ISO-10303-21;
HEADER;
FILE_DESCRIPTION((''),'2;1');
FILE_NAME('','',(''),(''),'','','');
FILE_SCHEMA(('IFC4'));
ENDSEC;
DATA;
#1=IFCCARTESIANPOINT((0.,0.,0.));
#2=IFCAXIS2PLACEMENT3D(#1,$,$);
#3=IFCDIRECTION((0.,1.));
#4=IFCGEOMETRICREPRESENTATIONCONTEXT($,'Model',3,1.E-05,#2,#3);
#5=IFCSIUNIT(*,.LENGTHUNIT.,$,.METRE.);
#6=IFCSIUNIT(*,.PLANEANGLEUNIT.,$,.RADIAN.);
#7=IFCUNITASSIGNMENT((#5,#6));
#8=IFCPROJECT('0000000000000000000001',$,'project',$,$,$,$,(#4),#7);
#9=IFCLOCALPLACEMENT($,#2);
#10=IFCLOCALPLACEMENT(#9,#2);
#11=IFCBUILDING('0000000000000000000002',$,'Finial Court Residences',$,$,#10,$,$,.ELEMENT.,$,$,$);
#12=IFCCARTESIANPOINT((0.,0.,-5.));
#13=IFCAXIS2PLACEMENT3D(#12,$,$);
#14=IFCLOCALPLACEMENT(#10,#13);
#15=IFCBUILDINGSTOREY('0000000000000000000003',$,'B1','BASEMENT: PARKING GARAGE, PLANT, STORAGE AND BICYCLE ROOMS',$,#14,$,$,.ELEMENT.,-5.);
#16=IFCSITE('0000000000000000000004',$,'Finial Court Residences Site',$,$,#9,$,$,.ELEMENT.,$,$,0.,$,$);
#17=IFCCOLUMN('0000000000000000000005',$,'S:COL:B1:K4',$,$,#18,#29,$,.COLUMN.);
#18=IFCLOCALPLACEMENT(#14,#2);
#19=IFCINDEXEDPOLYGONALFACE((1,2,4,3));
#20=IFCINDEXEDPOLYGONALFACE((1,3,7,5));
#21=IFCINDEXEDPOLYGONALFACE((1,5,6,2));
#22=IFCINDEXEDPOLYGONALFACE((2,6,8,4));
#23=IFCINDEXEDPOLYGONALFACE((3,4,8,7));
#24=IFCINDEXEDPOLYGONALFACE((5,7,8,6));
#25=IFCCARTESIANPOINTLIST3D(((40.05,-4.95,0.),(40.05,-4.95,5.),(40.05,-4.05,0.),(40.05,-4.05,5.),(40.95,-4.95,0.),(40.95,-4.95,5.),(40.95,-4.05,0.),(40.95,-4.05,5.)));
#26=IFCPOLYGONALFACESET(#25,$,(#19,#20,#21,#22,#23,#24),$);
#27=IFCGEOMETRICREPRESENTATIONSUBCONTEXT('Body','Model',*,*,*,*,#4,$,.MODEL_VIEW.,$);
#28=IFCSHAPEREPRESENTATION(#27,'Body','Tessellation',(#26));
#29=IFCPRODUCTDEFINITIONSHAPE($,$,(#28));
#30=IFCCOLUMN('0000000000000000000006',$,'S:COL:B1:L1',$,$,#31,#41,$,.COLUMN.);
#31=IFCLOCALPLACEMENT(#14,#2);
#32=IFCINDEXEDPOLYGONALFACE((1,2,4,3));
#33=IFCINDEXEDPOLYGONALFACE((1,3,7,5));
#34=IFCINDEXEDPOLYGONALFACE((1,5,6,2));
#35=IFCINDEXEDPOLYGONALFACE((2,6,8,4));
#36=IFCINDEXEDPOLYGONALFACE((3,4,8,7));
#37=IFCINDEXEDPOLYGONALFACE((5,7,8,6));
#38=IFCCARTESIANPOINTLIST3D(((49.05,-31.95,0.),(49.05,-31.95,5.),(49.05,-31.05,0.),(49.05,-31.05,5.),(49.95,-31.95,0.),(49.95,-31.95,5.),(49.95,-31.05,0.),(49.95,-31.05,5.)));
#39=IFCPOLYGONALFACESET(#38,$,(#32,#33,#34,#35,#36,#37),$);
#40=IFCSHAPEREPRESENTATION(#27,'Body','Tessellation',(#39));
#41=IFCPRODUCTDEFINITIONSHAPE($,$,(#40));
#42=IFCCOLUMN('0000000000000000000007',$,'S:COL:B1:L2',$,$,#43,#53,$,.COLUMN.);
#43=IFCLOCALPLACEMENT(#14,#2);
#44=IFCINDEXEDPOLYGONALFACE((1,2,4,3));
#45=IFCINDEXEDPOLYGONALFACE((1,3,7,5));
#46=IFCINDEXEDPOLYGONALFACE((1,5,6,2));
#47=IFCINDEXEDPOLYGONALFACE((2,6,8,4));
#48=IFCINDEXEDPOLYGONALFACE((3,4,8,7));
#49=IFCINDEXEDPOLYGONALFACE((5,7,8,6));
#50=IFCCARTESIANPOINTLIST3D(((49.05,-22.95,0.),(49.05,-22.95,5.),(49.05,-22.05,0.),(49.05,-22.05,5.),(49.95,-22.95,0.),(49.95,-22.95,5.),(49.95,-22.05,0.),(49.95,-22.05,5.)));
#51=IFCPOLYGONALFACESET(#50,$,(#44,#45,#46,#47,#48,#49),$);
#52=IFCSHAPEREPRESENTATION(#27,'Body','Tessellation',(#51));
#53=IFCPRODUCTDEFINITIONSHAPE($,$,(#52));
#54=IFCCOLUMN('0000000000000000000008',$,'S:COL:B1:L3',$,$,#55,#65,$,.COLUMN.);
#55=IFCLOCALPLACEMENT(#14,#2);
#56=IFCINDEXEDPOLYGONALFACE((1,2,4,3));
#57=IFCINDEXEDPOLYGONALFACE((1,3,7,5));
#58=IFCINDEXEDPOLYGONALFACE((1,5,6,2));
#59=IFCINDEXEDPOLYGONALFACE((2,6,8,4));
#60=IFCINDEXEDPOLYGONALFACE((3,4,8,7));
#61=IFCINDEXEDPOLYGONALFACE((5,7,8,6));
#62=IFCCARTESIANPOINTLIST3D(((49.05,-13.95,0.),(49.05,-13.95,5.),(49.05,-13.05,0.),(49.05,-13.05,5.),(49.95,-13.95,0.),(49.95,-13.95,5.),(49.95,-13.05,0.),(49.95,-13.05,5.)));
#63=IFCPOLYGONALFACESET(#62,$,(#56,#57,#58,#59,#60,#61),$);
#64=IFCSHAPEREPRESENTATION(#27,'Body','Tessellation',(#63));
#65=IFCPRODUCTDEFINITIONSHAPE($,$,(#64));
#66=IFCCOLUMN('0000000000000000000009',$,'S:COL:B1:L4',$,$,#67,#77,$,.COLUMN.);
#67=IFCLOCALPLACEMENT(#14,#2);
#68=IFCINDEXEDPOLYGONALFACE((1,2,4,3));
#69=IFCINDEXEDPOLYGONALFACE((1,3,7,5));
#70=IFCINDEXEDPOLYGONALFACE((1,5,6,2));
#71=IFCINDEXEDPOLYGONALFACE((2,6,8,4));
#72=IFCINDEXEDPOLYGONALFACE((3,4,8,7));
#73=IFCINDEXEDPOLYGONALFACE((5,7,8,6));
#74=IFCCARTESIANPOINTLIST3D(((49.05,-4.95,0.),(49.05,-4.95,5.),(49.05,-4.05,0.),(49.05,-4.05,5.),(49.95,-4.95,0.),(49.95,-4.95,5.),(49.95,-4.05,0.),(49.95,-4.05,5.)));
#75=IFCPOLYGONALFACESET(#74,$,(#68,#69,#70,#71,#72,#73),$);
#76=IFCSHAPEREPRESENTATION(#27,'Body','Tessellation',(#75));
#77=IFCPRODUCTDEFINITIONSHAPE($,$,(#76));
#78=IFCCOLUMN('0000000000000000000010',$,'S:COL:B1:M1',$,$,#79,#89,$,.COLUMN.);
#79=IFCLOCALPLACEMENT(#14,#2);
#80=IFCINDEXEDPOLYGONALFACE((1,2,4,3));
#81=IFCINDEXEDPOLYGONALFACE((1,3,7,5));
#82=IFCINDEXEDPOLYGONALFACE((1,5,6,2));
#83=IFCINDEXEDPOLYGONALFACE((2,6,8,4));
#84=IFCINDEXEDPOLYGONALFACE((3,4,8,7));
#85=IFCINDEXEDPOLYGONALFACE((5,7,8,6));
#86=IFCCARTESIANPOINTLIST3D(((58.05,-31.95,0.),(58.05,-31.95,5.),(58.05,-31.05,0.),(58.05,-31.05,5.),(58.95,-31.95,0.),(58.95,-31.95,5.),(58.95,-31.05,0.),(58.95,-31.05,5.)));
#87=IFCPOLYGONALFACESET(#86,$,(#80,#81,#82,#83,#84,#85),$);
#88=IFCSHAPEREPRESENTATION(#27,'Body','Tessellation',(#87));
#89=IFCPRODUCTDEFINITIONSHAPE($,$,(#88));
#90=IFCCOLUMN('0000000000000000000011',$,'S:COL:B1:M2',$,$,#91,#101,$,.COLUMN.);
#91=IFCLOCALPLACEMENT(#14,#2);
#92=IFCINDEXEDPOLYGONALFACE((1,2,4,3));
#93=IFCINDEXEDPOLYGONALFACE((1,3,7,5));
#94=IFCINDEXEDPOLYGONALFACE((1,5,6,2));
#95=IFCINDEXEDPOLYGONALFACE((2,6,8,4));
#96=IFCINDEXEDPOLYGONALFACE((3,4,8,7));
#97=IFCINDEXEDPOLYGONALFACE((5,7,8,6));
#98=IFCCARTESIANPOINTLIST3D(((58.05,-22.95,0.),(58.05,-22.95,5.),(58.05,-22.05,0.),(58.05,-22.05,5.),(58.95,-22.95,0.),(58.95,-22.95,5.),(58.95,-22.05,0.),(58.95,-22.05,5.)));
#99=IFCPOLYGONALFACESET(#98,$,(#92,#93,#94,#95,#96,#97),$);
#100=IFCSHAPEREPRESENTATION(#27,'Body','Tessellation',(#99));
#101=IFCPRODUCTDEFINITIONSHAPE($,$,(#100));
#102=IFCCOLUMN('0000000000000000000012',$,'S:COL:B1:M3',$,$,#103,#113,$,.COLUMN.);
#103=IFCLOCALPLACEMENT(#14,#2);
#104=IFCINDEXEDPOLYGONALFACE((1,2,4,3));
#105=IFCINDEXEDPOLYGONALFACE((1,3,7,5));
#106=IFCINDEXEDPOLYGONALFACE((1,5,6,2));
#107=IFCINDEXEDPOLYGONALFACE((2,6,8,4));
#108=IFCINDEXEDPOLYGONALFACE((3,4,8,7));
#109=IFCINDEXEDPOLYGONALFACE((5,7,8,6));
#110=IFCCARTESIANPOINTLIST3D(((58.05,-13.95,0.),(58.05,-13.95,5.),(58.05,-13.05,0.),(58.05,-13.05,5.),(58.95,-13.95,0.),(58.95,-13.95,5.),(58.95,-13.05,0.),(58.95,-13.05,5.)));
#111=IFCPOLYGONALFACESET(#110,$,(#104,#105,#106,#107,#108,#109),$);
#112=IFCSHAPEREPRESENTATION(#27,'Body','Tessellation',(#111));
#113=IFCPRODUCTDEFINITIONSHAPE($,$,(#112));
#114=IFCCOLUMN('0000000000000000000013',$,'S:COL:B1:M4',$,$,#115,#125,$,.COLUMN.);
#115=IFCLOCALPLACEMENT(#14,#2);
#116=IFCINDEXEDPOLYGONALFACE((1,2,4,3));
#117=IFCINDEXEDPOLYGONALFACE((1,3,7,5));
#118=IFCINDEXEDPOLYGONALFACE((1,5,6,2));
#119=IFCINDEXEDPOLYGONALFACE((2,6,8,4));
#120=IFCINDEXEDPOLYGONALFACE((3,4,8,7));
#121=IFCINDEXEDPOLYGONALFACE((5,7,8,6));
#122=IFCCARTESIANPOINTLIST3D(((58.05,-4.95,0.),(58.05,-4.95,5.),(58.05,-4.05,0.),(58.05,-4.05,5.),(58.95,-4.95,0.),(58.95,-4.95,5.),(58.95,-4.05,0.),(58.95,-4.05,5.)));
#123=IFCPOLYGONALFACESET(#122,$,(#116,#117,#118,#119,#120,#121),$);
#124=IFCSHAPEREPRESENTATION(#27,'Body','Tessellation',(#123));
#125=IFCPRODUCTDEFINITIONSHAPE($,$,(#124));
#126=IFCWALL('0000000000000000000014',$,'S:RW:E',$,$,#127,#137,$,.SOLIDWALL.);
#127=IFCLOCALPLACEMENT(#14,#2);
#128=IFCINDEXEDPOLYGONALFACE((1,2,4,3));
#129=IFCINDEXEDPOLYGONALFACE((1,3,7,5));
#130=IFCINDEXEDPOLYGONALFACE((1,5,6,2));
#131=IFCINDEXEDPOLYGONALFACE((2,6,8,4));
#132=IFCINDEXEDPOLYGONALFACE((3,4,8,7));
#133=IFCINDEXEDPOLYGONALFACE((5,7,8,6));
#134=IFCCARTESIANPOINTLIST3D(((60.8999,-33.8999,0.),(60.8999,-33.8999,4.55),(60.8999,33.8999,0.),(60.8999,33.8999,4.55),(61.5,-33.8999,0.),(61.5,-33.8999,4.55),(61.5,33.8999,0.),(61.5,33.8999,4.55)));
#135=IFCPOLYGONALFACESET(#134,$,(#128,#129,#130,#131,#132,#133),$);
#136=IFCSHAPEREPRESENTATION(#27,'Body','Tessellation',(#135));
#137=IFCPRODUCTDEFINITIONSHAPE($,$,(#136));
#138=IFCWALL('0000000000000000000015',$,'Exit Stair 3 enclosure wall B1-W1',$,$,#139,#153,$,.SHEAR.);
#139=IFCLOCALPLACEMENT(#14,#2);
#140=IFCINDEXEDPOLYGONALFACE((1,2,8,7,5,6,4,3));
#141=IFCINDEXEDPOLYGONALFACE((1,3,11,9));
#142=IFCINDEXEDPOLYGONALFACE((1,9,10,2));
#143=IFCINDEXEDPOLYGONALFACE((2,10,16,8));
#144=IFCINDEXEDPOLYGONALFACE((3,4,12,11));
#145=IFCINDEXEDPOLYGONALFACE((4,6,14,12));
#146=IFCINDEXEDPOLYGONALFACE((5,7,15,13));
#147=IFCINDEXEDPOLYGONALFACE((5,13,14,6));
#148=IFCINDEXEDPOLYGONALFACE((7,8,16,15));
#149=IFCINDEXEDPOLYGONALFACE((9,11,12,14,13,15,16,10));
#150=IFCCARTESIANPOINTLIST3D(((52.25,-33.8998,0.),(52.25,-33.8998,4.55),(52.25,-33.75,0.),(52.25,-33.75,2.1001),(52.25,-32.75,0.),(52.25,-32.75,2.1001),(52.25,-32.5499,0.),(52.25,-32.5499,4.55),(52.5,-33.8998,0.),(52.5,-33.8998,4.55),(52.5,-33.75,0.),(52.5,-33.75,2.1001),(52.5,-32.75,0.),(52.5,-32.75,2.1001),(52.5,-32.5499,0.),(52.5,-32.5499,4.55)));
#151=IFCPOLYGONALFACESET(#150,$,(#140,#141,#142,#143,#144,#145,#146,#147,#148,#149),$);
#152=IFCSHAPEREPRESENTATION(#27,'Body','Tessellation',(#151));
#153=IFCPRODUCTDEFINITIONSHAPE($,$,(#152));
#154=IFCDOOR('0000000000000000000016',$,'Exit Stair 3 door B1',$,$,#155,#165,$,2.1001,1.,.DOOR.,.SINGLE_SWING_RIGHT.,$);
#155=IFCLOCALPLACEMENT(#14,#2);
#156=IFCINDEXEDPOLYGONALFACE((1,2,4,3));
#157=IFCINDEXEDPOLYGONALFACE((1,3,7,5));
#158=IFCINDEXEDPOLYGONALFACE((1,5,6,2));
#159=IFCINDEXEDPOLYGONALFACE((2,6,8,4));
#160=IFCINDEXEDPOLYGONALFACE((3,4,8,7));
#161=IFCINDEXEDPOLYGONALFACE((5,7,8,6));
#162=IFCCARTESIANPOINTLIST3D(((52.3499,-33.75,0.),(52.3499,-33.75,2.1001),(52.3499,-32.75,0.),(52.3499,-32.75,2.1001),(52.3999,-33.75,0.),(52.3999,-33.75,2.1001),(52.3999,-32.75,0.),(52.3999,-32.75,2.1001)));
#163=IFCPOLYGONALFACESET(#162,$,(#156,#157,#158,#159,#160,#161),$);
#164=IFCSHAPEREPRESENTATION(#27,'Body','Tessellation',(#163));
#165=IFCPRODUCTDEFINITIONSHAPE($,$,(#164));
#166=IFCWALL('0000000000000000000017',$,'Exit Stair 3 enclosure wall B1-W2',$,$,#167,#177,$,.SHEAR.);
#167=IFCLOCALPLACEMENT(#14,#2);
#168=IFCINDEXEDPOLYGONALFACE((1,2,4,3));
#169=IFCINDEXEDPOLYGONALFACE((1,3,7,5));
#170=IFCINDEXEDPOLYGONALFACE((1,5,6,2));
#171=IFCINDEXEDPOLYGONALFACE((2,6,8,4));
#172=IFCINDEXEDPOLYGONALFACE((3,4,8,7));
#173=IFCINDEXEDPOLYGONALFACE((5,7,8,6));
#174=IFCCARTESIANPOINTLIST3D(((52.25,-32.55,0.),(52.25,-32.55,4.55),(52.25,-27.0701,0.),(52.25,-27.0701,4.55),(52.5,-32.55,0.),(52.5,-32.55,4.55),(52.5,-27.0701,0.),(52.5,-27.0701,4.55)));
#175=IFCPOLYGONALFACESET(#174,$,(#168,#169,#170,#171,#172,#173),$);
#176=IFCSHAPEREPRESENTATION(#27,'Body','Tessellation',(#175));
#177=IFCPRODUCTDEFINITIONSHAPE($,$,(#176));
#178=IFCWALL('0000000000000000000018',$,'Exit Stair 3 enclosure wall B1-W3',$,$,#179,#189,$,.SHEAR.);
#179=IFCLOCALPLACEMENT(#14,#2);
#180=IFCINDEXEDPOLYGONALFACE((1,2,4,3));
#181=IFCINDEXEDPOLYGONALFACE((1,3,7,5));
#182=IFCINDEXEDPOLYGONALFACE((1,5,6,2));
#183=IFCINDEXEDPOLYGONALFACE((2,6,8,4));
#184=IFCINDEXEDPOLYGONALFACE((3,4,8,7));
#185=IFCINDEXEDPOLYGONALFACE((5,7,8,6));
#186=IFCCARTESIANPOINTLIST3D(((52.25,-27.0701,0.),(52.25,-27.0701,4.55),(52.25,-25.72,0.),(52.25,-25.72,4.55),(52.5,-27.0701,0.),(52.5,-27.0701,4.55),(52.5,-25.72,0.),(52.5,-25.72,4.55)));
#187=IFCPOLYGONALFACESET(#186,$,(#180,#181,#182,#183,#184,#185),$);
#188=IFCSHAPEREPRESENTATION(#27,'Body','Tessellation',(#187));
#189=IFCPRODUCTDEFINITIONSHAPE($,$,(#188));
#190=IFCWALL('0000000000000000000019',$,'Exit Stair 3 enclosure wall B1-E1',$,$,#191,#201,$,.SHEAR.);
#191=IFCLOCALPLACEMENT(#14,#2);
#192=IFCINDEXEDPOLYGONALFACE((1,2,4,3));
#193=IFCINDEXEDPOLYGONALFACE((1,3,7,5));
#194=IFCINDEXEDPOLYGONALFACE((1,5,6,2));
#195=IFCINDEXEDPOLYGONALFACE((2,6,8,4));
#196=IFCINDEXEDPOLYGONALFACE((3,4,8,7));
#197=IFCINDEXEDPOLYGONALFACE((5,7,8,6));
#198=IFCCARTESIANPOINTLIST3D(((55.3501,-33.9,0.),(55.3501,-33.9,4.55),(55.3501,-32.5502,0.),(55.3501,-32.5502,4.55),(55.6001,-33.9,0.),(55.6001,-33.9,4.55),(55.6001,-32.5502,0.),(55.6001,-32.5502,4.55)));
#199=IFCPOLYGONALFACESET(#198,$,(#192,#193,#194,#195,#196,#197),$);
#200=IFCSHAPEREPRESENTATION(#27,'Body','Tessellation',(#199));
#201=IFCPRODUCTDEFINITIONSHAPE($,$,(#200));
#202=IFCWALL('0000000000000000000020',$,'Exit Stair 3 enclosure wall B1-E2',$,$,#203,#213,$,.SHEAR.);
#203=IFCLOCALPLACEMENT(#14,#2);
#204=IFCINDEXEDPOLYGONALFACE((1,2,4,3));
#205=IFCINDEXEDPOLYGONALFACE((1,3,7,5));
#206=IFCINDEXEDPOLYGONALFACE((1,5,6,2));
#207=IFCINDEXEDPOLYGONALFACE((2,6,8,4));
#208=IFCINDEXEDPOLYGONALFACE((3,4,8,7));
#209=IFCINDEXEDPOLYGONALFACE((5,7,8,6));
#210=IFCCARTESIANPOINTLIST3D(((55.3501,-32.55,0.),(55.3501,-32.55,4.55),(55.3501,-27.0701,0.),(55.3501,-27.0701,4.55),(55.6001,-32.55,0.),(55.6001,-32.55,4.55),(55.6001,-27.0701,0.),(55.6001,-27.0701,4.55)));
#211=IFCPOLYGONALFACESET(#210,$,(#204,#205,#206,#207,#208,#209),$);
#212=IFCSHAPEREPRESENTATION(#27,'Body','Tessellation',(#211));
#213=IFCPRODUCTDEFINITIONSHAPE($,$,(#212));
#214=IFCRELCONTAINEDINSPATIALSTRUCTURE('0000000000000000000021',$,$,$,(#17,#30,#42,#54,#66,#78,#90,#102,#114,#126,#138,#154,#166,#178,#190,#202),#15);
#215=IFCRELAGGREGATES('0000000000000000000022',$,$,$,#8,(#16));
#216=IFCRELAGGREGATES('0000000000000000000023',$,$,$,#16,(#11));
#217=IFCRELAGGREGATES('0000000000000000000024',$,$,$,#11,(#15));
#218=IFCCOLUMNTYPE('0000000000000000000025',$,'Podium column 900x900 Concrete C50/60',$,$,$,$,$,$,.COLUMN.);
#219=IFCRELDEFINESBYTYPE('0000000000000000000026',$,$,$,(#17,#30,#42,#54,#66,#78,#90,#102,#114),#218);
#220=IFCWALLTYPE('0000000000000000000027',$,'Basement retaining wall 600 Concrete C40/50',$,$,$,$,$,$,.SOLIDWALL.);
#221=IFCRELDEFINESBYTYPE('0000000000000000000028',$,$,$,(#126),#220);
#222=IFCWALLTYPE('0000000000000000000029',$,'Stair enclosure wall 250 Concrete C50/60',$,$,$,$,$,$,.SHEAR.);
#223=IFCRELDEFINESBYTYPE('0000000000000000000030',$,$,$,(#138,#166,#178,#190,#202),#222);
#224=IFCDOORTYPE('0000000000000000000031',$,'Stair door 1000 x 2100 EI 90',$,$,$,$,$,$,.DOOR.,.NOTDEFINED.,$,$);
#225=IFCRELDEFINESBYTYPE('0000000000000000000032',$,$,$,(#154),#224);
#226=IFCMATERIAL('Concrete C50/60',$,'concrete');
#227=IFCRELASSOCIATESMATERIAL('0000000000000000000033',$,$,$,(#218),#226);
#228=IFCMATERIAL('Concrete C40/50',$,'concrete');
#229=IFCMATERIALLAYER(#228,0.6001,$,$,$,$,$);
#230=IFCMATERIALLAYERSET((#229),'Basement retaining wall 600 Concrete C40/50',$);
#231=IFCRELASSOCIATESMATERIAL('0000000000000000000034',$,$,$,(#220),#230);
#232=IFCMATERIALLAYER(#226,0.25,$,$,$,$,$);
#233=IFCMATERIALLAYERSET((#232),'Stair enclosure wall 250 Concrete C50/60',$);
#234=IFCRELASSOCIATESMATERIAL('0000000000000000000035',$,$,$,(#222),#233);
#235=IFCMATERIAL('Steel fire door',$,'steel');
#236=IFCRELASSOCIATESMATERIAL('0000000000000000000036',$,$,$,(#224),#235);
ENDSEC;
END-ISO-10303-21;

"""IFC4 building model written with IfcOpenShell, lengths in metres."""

from ifc_helpers import new_model, si_unit, direction, frame, frame_2d, origin, origin_2d, place, context, subcontext, project, spatial, rectangle, extrude, material, layer, layer_set, material_profile, profile_set, type_object, element, fill, save


model = new_model("IFC4")

# Units and contexts
model_context = context("Model", 3, precision=1e-05, world=origin(), true_north=direction((0.0, 1.0)))
body_context = subcontext(model_context, "Body", "Model", "MODEL_VIEW")
ifc_project = project(units=[si_unit("LENGTHUNIT", "METRE"), si_unit("PLANEANGLEUNIT", "RADIAN")], contexts=[model_context])

# Site, building, storey
site_placement = place(None, origin())
site = spatial("IfcSite", under=ifc_project, at=site_placement, Name="Finial Court Residences Site", CompositionType="ELEMENT", RefElevation=0.0)
building_placement = place(site_placement, origin())
building = spatial("IfcBuilding", under=site, at=building_placement, Name="Finial Court Residences", CompositionType="ELEMENT")
storey_placement = place(building_placement, frame((0.0, 0.0, -5.0)))
storey = spatial("IfcBuildingStorey", under=building, at=storey_placement, Name="B1", Description="BASEMENT: PARKING GARAGE, PLANT, STORAGE AND BICYCLE ROOMS", CompositionType="ELEMENT", Elevation=-5.0)

# Columns
ifc_material_1 = material(Name="Concrete C50/60", Category="concrete")
ifc_material_profile_1 = material_profile(ifc_material_1, rectangle(XDim=0.8999, YDim=0.8999, at=origin_2d()), Name="900x900")
ifc_profile_set_1 = profile_set([ifc_material_profile_1], Name="Concrete C50/60")
column_type = type_object("IfcColumnType", Name="Podium column 900x900 Concrete C50/60", PredefinedType="COLUMN", material=ifc_profile_set_1)
for number, where, z_axis, x_axis, name in (
    (1, (40.5, -4.5, 0.0), (0.0, 0.0, 1.0), (1.0, 0.0, 0.0), "S:COL:B1:K4"),
    (2, (49.5, -31.5, 0.0), (0.0, 0.0, 1.0), (1.0, 0.0, 0.0), "S:COL:B1:L1"),
    (3, (49.5, -22.5, 0.0), (0.0, 0.0, 1.0), (1.0, 0.0, 0.0), "S:COL:B1:L2"),
    (4, (49.5, -13.5, 0.0), (0.0, 0.0, 1.0), (1.0, 0.0, 0.0), "S:COL:B1:L3"),
    (5, (49.5, -4.5, 0.0), (0.0, 0.0, 1.0), (1.0, 0.0, 0.0), "S:COL:B1:L4"),
    (6, (58.5, -31.5, 0.0), (0.0, 0.0, 1.0), (1.0, 0.0, 0.0), "S:COL:B1:M1"),
    (7, (58.5, -22.5, 0.0), (0.0, 0.0, 1.0), (1.0, 0.0, 0.0), "S:COL:B1:M2"),
    (8, (58.5, -13.5, 0.0), (0.0, 0.0, 1.0), (1.0, 0.0, 0.0), "S:COL:B1:M3"),
    (9, (58.5, -4.5, 0.0), (0.0, 0.0, 1.0), (1.0, 0.0, 0.0), "S:COL:B1:M4"),
):
    element("IfcColumn", number, at=place(storey_placement, frame(where, z_axis=z_axis, x_axis=x_axis)), inside=storey, type_object=column_type, Name=name, PredefinedType="COLUMN", context=body_context, shape_type="SweptSolid", body=[
        extrude(rectangle(XDim=0.8999, YDim=0.8999, at=origin_2d()), origin(), (0.0, 0.0, 1.0), 5.0),
    ])

# Wall
ifc_material_2 = material(Name="Concrete C40/50", Category="concrete")
ifc_layer_1 = layer(ifc_material_2, 0.6001)
ifc_layer_set_1 = layer_set([ifc_layer_1], Name="Basement retaining wall 600 Concrete C40/50")
wall_type_1 = type_object("IfcWallType", Name="Basement retaining wall 600 Concrete C40/50", PredefinedType="SOLIDWALL", material=ifc_layer_set_1)
wall_1_placement = place(storey_placement, frame((61.2, -33.8999, 0.0), z_axis=(0.0, 0.0, 1.0), x_axis=(0.0, 1.0, 0.0)))
element("IfcWall", 10, at=wall_1_placement, inside=storey, type_object=wall_type_1, Name="S:RW:E", PredefinedType="SOLIDWALL", context=body_context, shape_type="SweptSolid", body=[
    extrude(rectangle(XDim=67.7998, YDim=0.6001, at=frame_2d((33.8999, 0.0))), origin(), (0.0, 0.0, 1.0), 4.55),
])

# Wall, opening, door
ifc_layer_2 = layer(ifc_material_1, 0.25)
ifc_layer_set_2 = layer_set([ifc_layer_2], Name="Stair enclosure wall 250 Concrete C50/60")
wall_type_2 = type_object("IfcWallType", Name="Stair enclosure wall 250 Concrete C50/60", PredefinedType="SHEAR", material=ifc_layer_set_2)
wall_2_placement = place(storey_placement, frame((52.375, -32.55, 0.0), z_axis=(0.0, 0.0, 1.0), x_axis=(0.0, -1.0, 0.0)))
wall_2 = element("IfcWall", 11, at=wall_2_placement, inside=storey, type_object=wall_type_2, Name="Exit Stair 3 enclosure wall B1-W1", PredefinedType="SHEAR", context=body_context, shape_type="SweptSolid", body=[
    extrude(rectangle(XDim=1.3499, YDim=0.25, at=frame_2d((0.6748, 0.0))), origin(), (0.0, 0.0, 1.0), 4.55),
])
opening_placement = place(wall_2_placement, frame((0.2, 0.0, 0.0)))
opening = element("IfcOpeningElement", 12, at=opening_placement, cuts=wall_2, PredefinedType="OPENING", context=body_context, shape_type="SweptSolid", body=[
    extrude(rectangle(XDim=1.0, YDim=2.1001, at=frame_2d((0.5, 1.05))), frame((0.0, 0.135, 0.0), z_axis=(0.0, -1.0, 0.0), x_axis=(1.0, 0.0, 0.0)), (0.0, 0.0, 1.0), 0.27),
])
ifc_material_3 = material(Name="Steel fire door", Category="steel")
door_type = type_object("IfcDoorType", Name="Stair door 1000 x 2100 EI 90", OperationType="NOTDEFINED", PredefinedType="DOOR", material=ifc_material_3)
door_placement = place(opening_placement, origin())
door = element("IfcDoor", 13, at=door_placement, inside=storey, type_object=door_type, Name="Exit Stair 3 door B1", OperationType="SINGLE_SWING_RIGHT", OverallHeight=2.1001, OverallWidth=1.0, PredefinedType="DOOR", context=body_context, shape_type="SweptSolid", body=[
    extrude(rectangle(XDim=1.0, YDim=2.1001, at=frame_2d((0.5, 1.05))), frame((0.0, 0.0249, 0.0), z_axis=(0.0, -1.0, 0.0), x_axis=(1.0, 0.0, 0.0)), (0.0, 0.0, 1.0), 0.05),
])
fill(opening, door)

# Walls
wall_3_placement = place(storey_placement, frame((52.375, -32.55, 0.0), z_axis=(0.0, 0.0, 1.0), x_axis=(0.0, 1.0, 0.0)))
element("IfcWall", 14, at=wall_3_placement, inside=storey, type_object=wall_type_2, Name="Exit Stair 3 enclosure wall B1-W2", PredefinedType="SHEAR", context=body_context, shape_type="SweptSolid", body=[
    extrude(rectangle(XDim=5.48, YDim=0.25, at=frame_2d((2.74, 0.0))), origin(), (0.0, 0.0, 1.0), 4.55),
])
wall_4_placement = place(storey_placement, frame((52.375, -27.0701, 0.0), z_axis=(0.0, 0.0, 1.0), x_axis=(0.0, 1.0, 0.0)))
element("IfcWall", 15, at=wall_4_placement, inside=storey, type_object=wall_type_2, Name="Exit Stair 3 enclosure wall B1-W3", PredefinedType="SHEAR", context=body_context, shape_type="SweptSolid", body=[
    extrude(rectangle(XDim=1.3501, YDim=0.25, at=frame_2d((0.675, 0.0))), origin(), (0.0, 0.0, 1.0), 4.55),
])
wall_5_placement = place(storey_placement, frame((55.4751, -33.8999, 0.0), z_axis=(0.0, 0.0, 1.0), x_axis=(0.0, 1.0, 0.0)))
element("IfcWall", 16, at=wall_5_placement, inside=storey, type_object=wall_type_2, Name="Exit Stair 3 enclosure wall B1-E1", PredefinedType="SHEAR", context=body_context, shape_type="SweptSolid", body=[
    extrude(rectangle(XDim=1.3499, YDim=0.25, at=frame_2d((0.6748, 0.0))), origin(), (0.0, 0.0, 1.0), 4.55),
])
wall_6_placement = place(storey_placement, frame((55.4751, -32.55, 0.0), z_axis=(0.0, 0.0, 1.0), x_axis=(0.0, 1.0, 0.0)))
element("IfcWall", 17, at=wall_6_placement, inside=storey, type_object=wall_type_2, Name="Exit Stair 3 enclosure wall B1-E2", PredefinedType="SHEAR", context=body_context, shape_type="SweptSolid", body=[
    extrude(rectangle(XDim=5.48, YDim=0.25, at=frame_2d((2.74, 0.0))), origin(), (0.0, 0.0, 1.0), 4.55),
])

save(model, "model.ifc")
